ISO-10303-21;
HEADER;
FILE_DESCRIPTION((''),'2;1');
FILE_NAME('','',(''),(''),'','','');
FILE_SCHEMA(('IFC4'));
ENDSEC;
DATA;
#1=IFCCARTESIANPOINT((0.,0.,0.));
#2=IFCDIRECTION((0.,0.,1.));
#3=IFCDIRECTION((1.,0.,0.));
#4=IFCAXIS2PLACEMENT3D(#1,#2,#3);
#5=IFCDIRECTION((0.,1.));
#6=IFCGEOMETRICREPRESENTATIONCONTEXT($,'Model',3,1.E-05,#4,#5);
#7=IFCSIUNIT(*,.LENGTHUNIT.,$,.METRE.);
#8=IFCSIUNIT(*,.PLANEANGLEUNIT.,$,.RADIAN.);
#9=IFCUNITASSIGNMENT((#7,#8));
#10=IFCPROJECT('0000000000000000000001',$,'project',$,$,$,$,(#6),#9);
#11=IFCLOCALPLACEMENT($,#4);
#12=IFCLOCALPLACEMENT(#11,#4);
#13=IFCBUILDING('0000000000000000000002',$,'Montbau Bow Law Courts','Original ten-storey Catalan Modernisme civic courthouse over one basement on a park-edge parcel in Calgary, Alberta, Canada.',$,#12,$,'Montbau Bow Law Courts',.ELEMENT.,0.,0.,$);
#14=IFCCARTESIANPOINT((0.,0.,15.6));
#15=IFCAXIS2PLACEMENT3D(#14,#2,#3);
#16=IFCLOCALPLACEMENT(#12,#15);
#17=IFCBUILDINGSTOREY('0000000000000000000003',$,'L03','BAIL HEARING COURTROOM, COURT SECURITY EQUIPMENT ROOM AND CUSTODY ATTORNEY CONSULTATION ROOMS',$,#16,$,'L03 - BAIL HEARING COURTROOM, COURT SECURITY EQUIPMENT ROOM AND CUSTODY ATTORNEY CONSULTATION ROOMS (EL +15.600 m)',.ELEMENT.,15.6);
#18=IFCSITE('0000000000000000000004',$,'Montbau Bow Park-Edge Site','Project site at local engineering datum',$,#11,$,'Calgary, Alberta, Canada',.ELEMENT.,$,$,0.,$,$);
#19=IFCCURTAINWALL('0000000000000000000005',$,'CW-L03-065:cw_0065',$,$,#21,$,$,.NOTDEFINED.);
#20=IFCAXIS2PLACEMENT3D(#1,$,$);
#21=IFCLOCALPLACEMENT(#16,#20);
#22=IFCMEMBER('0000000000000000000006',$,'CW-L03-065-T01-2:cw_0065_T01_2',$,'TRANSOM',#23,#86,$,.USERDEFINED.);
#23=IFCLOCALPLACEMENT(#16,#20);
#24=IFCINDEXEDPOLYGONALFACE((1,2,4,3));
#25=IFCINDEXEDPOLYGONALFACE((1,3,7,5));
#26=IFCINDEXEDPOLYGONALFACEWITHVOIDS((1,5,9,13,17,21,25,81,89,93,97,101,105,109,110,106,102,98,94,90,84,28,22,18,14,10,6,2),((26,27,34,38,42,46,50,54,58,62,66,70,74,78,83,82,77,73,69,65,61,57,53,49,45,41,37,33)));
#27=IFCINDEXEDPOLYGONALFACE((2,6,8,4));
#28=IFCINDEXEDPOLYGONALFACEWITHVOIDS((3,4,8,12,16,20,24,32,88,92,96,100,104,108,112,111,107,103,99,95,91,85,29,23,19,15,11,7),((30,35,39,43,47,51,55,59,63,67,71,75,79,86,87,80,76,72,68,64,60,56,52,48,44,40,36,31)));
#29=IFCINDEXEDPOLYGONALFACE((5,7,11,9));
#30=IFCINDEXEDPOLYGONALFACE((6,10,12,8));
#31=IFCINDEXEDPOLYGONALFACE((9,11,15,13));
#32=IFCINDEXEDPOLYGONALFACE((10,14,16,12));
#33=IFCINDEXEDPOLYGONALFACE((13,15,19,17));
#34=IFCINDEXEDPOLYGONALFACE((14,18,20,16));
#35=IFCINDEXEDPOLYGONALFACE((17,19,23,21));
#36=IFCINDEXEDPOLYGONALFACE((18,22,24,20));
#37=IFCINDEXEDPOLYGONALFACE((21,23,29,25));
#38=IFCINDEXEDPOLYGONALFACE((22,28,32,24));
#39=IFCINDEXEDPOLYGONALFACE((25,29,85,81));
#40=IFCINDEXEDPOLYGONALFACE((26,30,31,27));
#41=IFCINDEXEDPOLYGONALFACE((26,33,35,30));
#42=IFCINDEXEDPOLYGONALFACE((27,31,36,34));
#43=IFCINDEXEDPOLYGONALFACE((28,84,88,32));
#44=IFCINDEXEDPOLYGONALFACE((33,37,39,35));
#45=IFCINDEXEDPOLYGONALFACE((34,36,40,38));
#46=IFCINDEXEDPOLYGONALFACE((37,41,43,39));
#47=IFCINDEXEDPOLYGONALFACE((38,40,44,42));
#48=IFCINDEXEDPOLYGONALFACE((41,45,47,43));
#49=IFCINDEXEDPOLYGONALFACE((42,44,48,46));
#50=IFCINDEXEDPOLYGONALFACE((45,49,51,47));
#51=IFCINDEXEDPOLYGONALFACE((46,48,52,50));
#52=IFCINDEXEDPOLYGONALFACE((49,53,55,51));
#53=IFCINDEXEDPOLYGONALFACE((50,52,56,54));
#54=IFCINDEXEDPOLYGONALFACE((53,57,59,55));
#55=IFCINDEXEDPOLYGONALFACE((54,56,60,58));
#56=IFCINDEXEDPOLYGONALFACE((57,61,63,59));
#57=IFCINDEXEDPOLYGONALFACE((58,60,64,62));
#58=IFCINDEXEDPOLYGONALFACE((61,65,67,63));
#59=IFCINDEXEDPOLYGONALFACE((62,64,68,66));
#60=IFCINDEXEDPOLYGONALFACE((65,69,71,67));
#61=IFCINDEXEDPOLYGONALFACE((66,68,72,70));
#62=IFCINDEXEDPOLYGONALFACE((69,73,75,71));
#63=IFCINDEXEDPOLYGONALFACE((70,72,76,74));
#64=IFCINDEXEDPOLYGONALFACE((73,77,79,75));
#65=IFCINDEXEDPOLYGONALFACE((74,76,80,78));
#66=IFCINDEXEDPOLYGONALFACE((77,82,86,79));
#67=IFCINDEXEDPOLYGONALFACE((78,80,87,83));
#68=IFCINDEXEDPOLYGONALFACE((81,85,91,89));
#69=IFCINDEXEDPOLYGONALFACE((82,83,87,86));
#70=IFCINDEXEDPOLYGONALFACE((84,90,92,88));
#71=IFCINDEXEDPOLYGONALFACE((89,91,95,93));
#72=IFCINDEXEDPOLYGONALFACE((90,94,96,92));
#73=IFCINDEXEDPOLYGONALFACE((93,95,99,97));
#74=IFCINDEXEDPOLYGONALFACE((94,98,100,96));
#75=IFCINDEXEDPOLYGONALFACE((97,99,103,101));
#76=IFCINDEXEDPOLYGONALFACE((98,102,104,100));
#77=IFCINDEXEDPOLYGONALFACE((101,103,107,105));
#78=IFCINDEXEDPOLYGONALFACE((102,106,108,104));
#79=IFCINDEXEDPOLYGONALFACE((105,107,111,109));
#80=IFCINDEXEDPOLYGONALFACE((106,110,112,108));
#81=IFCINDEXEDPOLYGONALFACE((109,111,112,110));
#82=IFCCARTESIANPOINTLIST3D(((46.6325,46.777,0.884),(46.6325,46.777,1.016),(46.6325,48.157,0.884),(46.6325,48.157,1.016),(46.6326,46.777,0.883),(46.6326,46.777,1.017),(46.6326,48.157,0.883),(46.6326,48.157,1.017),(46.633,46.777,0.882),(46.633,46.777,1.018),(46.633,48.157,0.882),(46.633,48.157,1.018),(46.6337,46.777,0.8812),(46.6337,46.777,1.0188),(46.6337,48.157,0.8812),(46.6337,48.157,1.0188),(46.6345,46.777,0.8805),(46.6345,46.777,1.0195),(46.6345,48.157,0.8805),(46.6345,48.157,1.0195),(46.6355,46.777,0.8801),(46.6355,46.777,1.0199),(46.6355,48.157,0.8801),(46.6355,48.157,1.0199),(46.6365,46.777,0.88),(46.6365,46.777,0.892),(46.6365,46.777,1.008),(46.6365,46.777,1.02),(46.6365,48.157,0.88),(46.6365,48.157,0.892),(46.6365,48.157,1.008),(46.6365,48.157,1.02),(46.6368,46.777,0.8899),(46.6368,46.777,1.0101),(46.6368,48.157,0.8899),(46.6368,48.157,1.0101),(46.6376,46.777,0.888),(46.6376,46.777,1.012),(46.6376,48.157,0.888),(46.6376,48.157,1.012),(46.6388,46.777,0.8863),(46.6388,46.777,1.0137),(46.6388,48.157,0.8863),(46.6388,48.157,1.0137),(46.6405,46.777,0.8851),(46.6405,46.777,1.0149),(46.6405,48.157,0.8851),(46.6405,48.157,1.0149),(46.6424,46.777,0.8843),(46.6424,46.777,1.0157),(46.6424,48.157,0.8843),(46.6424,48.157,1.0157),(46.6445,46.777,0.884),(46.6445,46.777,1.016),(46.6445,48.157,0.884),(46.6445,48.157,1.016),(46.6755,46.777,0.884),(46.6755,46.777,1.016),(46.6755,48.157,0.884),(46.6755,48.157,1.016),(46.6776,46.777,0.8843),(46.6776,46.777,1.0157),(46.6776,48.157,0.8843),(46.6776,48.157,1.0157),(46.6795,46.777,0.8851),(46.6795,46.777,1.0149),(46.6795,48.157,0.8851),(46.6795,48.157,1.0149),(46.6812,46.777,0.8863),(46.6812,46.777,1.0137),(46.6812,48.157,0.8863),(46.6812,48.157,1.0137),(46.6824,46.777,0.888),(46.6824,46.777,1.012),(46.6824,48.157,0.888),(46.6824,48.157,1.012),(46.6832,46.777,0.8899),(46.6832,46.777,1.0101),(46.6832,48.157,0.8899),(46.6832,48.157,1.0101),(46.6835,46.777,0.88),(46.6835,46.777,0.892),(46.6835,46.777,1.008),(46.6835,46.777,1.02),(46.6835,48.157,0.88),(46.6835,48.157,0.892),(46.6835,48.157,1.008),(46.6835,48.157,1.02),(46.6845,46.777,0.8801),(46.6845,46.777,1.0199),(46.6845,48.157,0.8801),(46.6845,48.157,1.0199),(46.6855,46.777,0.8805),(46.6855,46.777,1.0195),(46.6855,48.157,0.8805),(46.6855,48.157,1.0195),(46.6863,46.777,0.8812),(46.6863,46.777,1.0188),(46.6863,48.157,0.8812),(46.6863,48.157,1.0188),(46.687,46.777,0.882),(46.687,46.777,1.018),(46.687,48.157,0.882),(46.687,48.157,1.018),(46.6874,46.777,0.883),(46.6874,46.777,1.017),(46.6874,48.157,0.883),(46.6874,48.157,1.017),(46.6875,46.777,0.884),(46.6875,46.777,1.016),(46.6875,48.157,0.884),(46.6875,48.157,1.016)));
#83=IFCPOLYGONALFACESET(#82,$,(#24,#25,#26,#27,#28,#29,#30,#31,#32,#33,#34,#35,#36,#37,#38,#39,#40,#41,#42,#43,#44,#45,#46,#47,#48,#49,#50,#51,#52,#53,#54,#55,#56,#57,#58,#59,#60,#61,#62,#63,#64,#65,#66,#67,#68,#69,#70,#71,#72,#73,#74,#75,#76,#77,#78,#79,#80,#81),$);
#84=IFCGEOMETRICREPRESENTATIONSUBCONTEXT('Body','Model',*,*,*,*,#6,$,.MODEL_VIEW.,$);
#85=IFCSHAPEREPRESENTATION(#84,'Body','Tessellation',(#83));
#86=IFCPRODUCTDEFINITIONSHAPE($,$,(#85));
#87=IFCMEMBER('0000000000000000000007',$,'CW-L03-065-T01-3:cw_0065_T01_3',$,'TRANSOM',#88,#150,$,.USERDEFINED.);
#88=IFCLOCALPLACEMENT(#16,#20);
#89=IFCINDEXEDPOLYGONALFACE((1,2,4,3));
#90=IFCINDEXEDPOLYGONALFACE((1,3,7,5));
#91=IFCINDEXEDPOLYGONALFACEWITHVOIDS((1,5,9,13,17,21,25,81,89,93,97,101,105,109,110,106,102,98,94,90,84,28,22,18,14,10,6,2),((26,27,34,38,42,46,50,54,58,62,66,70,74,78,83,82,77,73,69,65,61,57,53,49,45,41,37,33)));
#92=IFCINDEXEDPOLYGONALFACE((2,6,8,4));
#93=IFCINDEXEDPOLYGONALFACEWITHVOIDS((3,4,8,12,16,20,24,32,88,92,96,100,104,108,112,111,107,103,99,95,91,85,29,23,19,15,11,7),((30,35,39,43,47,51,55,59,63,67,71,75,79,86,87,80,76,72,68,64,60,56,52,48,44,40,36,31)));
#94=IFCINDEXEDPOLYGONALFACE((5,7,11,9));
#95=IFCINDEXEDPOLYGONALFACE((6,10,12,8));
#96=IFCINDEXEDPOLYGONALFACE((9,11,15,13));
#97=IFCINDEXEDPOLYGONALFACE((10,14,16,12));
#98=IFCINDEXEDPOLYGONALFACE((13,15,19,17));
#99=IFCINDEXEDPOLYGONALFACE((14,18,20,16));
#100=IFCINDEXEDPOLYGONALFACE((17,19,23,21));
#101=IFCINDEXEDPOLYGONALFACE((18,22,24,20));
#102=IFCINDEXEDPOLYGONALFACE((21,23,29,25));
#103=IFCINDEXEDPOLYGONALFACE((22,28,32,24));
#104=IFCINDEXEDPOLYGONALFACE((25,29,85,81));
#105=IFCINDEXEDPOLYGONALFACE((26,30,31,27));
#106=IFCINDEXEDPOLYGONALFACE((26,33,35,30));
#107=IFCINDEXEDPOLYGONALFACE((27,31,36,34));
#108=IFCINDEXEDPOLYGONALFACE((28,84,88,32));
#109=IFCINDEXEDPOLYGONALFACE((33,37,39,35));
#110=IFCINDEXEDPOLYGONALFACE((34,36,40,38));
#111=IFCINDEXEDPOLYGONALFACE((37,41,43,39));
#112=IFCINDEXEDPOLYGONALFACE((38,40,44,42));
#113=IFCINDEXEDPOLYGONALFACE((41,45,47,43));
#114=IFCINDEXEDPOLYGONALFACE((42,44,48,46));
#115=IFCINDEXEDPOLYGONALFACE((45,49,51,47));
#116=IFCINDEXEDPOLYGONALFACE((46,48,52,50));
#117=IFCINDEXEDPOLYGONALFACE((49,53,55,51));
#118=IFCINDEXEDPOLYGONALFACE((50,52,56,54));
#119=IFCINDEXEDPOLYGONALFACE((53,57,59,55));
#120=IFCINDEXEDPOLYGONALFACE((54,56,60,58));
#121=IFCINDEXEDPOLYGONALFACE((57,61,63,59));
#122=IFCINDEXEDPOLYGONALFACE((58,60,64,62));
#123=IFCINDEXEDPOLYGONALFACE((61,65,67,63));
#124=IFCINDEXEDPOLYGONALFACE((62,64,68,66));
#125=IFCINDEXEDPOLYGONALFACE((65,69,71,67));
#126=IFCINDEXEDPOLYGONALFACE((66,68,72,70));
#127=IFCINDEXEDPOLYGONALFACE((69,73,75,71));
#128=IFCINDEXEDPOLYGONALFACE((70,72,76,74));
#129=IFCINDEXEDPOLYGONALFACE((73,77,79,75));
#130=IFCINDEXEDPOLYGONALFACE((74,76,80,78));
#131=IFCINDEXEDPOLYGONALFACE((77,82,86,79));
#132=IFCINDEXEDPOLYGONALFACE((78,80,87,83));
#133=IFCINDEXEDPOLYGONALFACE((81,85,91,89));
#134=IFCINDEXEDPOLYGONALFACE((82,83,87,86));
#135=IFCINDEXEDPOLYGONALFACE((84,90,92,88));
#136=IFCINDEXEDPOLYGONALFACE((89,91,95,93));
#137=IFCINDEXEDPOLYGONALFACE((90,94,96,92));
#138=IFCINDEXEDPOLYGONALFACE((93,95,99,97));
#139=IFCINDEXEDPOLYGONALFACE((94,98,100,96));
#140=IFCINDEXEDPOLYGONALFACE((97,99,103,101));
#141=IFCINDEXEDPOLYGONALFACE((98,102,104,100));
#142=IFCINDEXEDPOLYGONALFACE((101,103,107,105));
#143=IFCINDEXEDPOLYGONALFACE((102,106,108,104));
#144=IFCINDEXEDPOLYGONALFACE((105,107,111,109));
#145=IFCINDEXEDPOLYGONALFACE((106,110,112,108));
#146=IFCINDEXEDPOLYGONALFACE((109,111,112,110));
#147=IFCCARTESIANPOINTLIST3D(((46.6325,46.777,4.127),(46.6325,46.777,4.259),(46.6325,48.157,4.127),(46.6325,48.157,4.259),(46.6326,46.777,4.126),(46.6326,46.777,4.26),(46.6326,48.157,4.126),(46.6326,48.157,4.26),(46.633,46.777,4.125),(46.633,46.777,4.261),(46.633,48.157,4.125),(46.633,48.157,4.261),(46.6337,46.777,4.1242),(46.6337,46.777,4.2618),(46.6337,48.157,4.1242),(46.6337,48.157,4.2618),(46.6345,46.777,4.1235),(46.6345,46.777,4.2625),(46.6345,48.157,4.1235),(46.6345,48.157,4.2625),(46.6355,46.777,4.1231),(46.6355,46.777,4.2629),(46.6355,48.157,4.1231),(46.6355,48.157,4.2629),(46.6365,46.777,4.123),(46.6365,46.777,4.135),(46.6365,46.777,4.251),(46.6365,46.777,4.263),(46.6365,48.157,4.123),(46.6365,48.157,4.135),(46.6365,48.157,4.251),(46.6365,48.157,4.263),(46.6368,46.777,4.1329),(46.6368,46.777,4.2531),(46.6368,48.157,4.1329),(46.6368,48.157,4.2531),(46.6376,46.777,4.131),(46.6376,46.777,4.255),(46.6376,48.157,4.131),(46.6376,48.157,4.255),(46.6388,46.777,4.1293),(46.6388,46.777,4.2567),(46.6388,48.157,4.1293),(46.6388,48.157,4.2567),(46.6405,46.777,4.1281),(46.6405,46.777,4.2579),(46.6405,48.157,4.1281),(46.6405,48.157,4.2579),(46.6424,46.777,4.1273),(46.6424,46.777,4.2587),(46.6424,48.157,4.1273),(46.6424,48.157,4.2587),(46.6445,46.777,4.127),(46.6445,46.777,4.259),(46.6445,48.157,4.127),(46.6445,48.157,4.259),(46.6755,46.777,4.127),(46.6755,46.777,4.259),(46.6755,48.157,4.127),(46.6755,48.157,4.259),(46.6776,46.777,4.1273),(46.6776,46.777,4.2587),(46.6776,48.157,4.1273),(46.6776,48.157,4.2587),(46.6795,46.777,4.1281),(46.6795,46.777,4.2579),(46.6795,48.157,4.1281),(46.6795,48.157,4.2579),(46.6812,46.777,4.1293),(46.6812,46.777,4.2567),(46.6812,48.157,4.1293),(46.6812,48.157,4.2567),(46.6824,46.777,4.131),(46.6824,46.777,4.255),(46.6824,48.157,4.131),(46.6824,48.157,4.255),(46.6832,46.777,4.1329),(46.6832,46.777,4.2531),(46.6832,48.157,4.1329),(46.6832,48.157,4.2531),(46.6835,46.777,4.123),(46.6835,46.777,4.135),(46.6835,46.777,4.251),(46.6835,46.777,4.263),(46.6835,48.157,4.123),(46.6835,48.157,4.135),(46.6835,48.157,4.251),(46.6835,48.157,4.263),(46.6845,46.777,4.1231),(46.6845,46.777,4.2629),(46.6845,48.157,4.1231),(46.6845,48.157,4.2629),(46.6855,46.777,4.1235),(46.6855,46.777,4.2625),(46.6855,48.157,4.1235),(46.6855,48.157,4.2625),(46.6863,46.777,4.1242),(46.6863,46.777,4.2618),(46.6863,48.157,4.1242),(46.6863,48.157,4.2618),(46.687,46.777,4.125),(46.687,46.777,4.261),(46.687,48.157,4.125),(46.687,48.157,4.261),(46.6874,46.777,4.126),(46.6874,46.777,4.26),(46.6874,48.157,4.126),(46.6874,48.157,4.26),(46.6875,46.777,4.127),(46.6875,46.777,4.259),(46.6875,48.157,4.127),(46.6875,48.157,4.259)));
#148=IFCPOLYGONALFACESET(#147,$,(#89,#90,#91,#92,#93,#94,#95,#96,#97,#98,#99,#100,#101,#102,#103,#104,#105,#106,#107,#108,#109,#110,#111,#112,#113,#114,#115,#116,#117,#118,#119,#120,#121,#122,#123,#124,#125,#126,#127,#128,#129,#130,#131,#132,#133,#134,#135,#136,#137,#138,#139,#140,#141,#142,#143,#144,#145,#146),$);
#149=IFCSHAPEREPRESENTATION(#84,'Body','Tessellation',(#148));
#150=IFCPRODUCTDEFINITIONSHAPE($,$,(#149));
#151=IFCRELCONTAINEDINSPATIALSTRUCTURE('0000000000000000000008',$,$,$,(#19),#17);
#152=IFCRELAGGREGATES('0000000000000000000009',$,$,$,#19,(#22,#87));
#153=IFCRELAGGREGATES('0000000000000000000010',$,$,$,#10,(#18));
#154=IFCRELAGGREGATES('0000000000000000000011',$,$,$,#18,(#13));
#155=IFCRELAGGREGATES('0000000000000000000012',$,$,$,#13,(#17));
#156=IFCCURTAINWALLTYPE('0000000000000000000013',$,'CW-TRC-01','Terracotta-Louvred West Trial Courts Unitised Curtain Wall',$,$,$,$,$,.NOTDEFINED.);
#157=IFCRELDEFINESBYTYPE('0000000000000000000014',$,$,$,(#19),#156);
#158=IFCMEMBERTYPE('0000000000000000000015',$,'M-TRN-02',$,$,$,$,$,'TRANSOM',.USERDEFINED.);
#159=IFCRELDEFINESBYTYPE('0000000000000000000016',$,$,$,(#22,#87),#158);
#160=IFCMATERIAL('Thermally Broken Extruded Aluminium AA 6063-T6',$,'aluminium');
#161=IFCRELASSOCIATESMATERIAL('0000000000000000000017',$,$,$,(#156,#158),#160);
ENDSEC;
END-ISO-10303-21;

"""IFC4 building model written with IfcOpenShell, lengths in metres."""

from ifc_helpers import new_model, si_unit, direction, frame, origin_with_axes, origin_2d_with_axis, place, context, subcontext, project, spatial, hollow_rectangle, extrude, material, material_profile, profile_set, type_object, element, aggregate, save


model = new_model("IFC4")

# Units and contexts
model_context = context("Model", 3, precision=1e-05, world=origin_with_axes(), true_north=direction((0.0, 1.0)))
body_context = subcontext(model_context, "Body", "Model", "MODEL_VIEW")
ifc_project = project(units=[si_unit("LENGTHUNIT", "METRE"), si_unit("PLANEANGLEUNIT", "RADIAN")], contexts=[model_context])

# Site, building, storey
site_placement = place(None, origin_with_axes())
site = spatial("IfcSite", under=ifc_project, at=site_placement, Name="Montbau Bow Park-Edge Site", Description="Project site at local engineering datum", LongName="Calgary, Alberta, Canada", CompositionType="ELEMENT", RefElevation=0.0)
building_placement = place(site_placement, origin_with_axes())
building = spatial("IfcBuilding", under=site, at=building_placement, Name="Montbau Bow Law Courts", Description="Original ten-storey Catalan Modernisme civic courthouse over one basement on a park-edge parcel in Calgary, Alberta, Canada.", LongName="Montbau Bow Law Courts", CompositionType="ELEMENT", ElevationOfRefHeight=0.0, ElevationOfTerrain=0.0)
storey_placement = place(building_placement, frame((0.0, 0.0, 15.6), z_axis=(0.0, 0.0, 1.0), x_axis=(1.0, 0.0, 0.0)))
storey = spatial("IfcBuildingStorey", under=building, at=storey_placement, Name="L03", Description="BAIL HEARING COURTROOM, COURT SECURITY EQUIPMENT ROOM AND CUSTODY ATTORNEY CONSULTATION ROOMS", LongName="L03 - BAIL HEARING COURTROOM, COURT SECURITY EQUIPMENT ROOM AND CUSTODY ATTORNEY CONSULTATION ROOMS (EL +15.600 m)", CompositionType="ELEMENT", Elevation=15.6)

# Shared definitions
ifc_material_1 = material(Name="Thermally Broken Extruded Aluminium AA 6063-T6", Category="aluminium")

# Curtain wall, members
curtain_wall_type_1 = type_object("IfcCurtainWallType", Name="CW-TRC-01", Description="Terracotta-Louvred West Trial Courts Unitised Curtain Wall", PredefinedType="NOTDEFINED", material=ifc_material_1)
curtain_wall_1_placement = place(None, frame((46.66, 46.715, 15.6), z_axis=(0.0, 0.0, 1.0), x_axis=(1.0, 0.0, 0.0)))
curtain_wall_1 = element("IfcCurtainWall", 1, at=curtain_wall_1_placement, inside=storey, type_object=curtain_wall_type_1, Name="CW-L03-065:cw_0065", PredefinedType="NOTDEFINED")
ifc_material_profile_1 = material_profile(ifc_material_1, hollow_rectangle(XDim=0.055, YDim=0.14, WallThickness=0.004, InnerFilletRadius=0.008, OuterFilletRadius=0.004, at=origin_2d_with_axis()), Name="CWT-140X55", Category="Main", Priority=0)
ifc_profile_set_1 = profile_set([ifc_material_profile_1], Name="Thermally Broken Extruded Aluminium AA 6063-T6")
member_type_1 = type_object("IfcMemberType", Name="M-TRN-02", ElementType="TRANSOM", PredefinedType="USERDEFINED", material=ifc_profile_set_1)
member_1_placement = place(None, frame((46.66, 46.777, 16.55), z_axis=(0.0, 1.0, 0.0), x_axis=(-1.0, 0.0, 0.0)))
member_1 = element("IfcMember", 2, at=member_1_placement, type_object=member_type_1, Name="CW-L03-065-T01-2:cw_0065_T01_2", ObjectType="TRANSOM", PredefinedType="USERDEFINED", context=body_context, shape_type="SweptSolid", body=[
    extrude(hollow_rectangle(XDim=0.055, YDim=0.14, WallThickness=0.004, InnerFilletRadius=0.008, OuterFilletRadius=0.004, at=origin_2d_with_axis()), origin_with_axes(), (0.0, 0.0, 1.0), 1.38),
])
member_2_placement = place(None, frame((46.66, 46.777, 19.793), z_axis=(0.0, 1.0, 0.0), x_axis=(-1.0, 0.0, 0.0)))
member_2 = element("IfcMember", 3, at=member_2_placement, type_object=member_type_1, Name="CW-L03-065-T01-3:cw_0065_T01_3", ObjectType="TRANSOM", PredefinedType="USERDEFINED", context=body_context, shape_type="SweptSolid", body=[
    extrude(hollow_rectangle(XDim=0.055, YDim=0.14, WallThickness=0.004, InnerFilletRadius=0.008, OuterFilletRadius=0.004, at=origin_2d_with_axis()), origin_with_axes(), (0.0, 0.0, 1.0), 1.38),
])

aggregate(curtain_wall_1, [member_1, member_2])

save(model, "model.ifc")
